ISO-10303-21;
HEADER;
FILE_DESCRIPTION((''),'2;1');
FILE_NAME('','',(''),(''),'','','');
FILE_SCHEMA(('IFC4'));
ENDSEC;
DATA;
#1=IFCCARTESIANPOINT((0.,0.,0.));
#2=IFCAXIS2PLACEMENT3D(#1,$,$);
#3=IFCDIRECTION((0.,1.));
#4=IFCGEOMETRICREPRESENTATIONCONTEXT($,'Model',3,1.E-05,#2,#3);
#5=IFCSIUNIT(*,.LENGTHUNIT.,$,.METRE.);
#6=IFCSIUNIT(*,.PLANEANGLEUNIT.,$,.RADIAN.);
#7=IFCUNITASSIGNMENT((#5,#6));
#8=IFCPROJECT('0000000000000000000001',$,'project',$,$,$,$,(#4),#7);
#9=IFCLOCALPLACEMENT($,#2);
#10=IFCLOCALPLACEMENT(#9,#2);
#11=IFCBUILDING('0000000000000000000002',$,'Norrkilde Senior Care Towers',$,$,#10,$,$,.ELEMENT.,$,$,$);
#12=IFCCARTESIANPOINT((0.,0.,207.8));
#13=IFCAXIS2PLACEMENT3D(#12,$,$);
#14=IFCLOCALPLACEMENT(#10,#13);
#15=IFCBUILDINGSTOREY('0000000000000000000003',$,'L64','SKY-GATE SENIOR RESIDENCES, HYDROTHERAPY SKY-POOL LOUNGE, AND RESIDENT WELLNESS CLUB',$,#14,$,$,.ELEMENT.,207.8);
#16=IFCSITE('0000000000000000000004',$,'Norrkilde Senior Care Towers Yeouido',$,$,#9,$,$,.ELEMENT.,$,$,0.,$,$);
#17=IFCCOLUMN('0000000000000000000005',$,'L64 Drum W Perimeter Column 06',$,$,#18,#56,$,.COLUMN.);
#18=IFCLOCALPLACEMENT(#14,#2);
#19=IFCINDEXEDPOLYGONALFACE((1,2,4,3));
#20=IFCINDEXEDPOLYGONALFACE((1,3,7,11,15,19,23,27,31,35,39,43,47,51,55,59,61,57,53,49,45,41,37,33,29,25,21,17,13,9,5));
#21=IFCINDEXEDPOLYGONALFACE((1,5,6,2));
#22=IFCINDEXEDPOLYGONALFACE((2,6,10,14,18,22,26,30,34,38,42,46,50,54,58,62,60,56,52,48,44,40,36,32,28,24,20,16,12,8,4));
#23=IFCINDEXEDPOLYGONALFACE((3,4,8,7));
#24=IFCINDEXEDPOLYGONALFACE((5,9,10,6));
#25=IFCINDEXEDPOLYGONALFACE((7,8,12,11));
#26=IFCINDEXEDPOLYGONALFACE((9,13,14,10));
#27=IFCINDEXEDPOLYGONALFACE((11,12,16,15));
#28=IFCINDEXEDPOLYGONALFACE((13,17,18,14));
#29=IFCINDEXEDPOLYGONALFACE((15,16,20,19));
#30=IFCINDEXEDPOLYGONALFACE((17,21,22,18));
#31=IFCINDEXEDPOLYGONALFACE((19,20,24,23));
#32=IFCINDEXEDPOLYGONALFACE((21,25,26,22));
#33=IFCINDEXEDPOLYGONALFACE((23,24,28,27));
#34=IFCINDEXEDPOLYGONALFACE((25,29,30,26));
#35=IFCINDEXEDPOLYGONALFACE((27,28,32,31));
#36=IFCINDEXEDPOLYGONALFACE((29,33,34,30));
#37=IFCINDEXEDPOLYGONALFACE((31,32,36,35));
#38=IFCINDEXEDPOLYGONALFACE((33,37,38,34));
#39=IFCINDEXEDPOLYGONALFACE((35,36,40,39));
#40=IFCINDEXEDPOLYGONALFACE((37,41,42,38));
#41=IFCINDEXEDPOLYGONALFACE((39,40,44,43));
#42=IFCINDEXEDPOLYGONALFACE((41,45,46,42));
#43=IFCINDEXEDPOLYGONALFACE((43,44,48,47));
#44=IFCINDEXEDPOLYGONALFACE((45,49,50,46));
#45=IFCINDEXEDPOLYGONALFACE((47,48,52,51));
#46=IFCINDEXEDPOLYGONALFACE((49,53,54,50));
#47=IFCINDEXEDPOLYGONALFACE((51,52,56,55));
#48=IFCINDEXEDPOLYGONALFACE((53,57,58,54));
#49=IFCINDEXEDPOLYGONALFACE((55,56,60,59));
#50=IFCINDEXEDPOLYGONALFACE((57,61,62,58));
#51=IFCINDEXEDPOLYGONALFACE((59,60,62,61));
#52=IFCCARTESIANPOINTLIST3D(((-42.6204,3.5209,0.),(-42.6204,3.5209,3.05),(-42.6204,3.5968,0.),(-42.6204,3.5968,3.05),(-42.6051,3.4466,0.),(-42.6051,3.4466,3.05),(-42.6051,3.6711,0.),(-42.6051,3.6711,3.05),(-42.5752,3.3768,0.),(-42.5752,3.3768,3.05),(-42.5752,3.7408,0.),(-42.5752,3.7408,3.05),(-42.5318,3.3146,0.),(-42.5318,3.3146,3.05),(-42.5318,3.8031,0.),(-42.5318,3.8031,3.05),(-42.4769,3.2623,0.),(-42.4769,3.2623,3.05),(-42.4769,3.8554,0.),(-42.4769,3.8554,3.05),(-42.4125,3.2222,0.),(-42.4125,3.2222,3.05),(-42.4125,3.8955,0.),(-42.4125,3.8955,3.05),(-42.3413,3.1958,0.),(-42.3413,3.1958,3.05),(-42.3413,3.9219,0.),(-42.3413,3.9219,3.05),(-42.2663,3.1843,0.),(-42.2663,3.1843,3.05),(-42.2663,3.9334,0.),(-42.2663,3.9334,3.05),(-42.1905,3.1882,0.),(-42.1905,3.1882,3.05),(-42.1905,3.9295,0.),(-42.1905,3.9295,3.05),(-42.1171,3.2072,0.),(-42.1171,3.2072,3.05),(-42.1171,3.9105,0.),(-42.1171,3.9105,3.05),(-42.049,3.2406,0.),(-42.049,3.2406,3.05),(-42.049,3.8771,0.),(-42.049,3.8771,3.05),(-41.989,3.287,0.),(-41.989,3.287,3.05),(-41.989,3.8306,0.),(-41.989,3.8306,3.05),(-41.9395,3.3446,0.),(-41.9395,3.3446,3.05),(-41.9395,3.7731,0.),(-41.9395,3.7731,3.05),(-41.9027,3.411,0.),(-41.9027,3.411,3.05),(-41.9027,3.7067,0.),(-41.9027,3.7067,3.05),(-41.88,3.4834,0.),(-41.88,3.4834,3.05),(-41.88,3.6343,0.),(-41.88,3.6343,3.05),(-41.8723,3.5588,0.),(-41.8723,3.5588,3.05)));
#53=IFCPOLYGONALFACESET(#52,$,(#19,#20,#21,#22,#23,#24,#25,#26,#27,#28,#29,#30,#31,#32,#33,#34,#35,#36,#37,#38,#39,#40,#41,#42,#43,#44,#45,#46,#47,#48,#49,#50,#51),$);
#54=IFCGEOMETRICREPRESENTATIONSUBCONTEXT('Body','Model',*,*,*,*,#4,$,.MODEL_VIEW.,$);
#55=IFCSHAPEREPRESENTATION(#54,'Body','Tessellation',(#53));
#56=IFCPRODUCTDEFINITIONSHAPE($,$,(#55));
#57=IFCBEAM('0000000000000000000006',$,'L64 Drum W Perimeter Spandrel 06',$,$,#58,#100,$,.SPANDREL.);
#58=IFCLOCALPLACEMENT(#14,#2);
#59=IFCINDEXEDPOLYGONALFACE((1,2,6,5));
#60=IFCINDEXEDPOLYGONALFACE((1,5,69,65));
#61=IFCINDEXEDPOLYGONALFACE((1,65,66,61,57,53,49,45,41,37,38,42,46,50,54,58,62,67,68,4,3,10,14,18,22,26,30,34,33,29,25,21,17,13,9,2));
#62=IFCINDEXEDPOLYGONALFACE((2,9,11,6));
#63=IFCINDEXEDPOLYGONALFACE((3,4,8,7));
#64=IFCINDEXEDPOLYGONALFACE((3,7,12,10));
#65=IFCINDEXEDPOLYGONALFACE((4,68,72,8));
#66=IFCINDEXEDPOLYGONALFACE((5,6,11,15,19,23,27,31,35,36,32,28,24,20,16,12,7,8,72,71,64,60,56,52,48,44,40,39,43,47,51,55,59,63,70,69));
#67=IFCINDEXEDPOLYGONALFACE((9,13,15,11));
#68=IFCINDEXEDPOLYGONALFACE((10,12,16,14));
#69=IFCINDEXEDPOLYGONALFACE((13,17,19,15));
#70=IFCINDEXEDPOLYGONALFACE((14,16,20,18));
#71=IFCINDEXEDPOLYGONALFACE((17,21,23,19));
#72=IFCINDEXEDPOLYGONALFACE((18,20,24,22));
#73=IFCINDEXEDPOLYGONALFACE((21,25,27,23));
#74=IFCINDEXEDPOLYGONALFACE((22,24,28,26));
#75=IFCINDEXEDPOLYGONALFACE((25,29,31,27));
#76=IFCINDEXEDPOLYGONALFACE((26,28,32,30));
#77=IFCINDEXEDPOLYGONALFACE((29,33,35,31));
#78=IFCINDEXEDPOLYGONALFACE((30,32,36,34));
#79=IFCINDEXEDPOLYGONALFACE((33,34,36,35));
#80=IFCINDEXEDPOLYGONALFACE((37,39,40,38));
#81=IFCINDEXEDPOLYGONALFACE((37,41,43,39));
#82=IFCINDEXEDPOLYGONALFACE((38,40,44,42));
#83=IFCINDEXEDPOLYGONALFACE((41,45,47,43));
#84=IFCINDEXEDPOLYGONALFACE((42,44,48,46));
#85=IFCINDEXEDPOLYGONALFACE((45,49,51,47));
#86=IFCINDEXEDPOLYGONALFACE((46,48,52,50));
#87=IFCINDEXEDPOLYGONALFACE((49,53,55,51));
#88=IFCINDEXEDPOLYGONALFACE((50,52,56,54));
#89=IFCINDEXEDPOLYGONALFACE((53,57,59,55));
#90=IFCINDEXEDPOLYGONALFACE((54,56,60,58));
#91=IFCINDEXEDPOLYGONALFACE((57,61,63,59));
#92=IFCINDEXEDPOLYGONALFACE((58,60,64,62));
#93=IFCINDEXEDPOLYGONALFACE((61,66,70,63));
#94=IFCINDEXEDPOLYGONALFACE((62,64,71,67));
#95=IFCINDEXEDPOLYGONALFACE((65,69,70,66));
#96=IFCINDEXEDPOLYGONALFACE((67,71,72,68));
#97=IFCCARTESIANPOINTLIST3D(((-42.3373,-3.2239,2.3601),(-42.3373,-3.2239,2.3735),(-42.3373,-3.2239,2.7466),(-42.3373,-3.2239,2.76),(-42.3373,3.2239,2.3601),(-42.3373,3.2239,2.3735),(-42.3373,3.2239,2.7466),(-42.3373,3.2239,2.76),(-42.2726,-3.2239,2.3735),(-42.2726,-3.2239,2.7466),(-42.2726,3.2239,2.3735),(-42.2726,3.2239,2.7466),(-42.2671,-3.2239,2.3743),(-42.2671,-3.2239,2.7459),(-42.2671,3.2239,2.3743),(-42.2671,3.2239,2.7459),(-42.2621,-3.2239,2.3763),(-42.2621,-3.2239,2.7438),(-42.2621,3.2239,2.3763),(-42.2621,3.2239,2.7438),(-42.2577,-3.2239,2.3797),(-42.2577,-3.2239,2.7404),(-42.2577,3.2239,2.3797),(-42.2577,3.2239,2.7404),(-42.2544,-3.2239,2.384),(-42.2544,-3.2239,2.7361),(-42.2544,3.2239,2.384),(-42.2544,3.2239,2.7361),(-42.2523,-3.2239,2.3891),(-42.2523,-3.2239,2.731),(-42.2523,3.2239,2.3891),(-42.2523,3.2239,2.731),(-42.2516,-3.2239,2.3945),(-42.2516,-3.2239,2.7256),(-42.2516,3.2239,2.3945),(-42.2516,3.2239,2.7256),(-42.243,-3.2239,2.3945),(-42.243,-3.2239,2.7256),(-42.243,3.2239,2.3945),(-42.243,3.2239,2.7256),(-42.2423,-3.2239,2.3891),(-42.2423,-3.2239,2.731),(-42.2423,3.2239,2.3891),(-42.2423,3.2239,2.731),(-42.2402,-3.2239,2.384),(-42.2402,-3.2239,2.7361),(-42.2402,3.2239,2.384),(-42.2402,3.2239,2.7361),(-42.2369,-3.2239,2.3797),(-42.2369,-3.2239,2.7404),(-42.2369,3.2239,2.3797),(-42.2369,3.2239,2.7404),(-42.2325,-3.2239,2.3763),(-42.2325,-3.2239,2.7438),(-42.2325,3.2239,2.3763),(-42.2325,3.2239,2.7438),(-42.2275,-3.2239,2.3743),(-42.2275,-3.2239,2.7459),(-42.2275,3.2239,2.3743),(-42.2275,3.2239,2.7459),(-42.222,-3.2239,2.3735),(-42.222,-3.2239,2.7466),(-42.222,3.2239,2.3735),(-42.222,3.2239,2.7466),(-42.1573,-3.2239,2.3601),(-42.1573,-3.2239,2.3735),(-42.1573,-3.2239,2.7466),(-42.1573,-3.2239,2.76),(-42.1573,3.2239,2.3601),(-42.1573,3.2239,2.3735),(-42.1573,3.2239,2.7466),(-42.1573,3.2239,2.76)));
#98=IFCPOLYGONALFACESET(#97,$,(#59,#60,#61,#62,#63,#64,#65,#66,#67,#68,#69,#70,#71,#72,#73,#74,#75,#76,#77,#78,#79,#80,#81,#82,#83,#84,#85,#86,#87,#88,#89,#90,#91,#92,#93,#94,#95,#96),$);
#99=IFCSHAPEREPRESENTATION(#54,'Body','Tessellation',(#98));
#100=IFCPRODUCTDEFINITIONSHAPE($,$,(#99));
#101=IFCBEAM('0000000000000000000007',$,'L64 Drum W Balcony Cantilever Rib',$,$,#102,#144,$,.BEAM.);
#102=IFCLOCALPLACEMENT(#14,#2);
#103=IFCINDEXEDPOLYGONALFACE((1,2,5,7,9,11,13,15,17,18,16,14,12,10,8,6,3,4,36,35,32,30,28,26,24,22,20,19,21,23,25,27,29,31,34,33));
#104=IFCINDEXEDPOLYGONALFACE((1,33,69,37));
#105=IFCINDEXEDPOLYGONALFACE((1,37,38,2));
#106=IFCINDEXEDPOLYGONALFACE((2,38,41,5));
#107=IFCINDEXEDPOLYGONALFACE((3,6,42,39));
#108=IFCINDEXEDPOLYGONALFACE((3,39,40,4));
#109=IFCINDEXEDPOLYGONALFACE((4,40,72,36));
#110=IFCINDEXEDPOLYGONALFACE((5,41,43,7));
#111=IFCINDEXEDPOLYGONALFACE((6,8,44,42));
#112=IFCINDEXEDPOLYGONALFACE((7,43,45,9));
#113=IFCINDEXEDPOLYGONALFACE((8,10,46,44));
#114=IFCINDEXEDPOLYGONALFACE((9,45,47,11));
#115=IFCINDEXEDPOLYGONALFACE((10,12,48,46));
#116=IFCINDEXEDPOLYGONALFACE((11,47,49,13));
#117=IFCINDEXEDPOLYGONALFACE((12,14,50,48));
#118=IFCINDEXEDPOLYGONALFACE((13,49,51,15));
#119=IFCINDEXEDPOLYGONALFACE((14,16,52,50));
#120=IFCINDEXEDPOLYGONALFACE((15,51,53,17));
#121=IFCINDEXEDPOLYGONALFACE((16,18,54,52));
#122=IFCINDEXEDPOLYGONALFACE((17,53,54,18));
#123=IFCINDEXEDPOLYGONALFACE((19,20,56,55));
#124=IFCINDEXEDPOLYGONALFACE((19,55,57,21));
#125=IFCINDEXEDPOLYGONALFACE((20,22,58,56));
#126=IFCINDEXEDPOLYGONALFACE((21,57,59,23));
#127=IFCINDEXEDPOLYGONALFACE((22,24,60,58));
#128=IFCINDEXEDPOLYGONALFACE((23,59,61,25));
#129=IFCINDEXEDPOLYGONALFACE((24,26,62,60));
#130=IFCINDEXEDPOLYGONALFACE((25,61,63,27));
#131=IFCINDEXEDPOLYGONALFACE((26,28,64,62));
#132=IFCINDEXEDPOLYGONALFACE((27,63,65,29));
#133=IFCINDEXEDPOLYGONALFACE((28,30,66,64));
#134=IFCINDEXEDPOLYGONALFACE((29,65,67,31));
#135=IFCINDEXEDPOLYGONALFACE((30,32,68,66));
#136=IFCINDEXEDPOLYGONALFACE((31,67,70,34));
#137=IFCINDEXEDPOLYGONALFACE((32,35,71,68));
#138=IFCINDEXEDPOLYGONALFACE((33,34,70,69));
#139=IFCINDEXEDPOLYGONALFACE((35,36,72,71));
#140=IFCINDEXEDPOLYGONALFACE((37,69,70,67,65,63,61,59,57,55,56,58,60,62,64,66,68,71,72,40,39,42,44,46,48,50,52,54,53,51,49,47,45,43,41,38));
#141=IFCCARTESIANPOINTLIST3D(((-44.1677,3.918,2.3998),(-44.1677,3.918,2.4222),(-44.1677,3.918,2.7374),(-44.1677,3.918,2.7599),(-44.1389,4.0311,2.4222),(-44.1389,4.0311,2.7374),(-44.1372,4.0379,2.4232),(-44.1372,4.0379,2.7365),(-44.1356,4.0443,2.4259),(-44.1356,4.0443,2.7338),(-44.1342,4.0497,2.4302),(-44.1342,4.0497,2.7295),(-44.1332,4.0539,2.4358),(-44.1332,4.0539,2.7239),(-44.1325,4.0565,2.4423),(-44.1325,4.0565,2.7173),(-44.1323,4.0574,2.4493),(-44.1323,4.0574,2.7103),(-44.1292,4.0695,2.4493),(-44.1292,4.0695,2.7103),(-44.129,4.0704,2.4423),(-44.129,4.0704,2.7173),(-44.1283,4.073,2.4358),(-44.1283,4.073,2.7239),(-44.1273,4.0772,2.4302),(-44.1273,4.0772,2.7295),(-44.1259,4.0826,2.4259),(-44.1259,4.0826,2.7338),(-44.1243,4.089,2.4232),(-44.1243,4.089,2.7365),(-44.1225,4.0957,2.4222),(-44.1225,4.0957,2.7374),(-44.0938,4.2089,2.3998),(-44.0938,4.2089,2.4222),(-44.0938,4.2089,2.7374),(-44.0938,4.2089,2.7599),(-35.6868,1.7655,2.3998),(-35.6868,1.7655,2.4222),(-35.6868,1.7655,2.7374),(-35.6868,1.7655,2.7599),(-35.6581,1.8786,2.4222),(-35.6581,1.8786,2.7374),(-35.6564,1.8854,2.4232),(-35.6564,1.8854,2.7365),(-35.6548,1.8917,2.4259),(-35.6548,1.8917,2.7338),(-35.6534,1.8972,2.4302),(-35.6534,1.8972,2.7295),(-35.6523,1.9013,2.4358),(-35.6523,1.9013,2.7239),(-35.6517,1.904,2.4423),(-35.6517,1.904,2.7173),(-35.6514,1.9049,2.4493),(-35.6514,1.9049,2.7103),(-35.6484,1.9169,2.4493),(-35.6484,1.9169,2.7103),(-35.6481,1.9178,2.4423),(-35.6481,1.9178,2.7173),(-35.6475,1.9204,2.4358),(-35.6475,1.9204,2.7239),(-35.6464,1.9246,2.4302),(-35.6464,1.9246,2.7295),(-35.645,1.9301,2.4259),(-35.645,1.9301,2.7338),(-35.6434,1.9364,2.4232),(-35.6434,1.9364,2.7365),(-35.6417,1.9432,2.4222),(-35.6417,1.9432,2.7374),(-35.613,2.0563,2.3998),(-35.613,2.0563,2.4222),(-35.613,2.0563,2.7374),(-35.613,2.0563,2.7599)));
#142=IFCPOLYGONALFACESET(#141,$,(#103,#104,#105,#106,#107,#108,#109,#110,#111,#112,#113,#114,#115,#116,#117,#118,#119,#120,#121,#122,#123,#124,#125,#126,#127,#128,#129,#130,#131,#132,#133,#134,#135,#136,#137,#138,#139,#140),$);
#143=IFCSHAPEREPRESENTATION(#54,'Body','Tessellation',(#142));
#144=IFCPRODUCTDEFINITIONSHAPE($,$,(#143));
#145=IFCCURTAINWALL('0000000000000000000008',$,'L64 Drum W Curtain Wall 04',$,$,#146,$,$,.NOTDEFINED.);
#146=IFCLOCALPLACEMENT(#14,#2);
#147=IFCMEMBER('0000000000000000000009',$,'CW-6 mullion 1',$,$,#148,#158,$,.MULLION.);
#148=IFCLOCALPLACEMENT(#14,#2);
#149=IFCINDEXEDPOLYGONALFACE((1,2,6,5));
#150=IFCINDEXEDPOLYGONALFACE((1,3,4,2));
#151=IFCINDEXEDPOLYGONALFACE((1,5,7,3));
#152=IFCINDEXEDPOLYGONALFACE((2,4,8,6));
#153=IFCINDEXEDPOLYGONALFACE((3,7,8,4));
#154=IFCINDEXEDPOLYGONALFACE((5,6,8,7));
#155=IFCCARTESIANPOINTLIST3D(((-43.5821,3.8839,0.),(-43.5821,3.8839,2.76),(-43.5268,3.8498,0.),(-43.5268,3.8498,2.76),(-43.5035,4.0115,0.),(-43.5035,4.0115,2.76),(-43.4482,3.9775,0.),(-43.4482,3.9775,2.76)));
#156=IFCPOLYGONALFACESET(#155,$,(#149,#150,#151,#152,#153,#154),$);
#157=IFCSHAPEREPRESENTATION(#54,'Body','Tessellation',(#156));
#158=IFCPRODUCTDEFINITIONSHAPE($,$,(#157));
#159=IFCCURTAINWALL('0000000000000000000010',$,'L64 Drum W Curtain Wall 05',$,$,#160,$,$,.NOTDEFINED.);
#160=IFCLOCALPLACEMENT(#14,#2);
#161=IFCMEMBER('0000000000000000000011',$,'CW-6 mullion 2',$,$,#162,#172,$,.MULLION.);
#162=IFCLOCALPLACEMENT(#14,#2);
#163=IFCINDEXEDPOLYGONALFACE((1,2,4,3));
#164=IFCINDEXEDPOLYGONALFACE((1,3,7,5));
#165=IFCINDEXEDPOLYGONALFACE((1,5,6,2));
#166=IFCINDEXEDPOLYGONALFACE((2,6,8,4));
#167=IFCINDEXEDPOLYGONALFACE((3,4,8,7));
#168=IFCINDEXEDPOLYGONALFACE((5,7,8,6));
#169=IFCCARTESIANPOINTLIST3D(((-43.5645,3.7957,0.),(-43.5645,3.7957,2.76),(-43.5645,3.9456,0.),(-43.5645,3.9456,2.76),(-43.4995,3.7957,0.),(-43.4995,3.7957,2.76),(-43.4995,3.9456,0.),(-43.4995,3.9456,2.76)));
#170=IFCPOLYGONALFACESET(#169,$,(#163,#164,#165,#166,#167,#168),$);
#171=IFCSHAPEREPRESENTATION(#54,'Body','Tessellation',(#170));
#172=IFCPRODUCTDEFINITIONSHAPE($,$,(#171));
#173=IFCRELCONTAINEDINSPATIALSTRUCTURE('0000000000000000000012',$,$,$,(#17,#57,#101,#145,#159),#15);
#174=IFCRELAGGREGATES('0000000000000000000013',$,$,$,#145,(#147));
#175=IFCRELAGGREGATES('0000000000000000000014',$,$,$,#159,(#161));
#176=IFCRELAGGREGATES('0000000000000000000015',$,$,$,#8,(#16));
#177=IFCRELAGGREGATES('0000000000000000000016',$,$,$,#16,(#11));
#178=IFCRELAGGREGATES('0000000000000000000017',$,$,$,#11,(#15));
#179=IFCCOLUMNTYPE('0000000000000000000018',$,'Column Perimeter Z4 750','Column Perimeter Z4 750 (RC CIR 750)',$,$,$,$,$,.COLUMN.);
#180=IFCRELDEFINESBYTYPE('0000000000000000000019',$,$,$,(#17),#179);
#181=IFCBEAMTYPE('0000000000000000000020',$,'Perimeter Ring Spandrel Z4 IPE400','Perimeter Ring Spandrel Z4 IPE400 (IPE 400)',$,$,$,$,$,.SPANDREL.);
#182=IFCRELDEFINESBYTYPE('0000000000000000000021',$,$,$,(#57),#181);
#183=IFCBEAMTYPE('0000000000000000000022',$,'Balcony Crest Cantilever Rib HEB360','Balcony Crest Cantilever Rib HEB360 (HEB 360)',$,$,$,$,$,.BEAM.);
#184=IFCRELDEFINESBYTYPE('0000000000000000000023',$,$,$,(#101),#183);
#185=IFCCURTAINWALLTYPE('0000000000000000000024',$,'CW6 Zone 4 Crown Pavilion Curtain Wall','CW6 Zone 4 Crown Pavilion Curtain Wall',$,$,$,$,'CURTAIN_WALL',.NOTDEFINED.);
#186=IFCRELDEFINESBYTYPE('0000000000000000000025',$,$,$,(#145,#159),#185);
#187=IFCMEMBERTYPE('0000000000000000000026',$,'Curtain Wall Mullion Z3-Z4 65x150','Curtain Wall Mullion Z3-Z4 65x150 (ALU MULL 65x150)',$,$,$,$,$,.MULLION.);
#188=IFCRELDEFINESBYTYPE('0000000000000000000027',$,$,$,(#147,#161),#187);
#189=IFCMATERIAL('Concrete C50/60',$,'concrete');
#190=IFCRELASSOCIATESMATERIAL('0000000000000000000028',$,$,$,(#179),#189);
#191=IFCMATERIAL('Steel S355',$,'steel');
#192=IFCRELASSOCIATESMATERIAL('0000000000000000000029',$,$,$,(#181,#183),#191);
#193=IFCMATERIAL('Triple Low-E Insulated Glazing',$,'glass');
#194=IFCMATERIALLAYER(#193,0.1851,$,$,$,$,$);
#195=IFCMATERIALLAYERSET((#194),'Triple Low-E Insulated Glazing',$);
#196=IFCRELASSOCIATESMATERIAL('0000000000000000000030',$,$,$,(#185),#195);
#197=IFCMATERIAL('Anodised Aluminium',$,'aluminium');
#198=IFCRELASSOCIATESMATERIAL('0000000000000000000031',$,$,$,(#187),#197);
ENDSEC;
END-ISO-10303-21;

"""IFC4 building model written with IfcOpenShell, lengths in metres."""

from ifc_helpers import new_model, si_unit, direction, frame, origin, origin_2d, place, context, subcontext, project, spatial, rectangle, circle, i_section, extrude, source, transform, mapped, material, layer, layer_set, material_profile, profile_set, type_object, type_shapes, element, aggregate, save


model = new_model("IFC4")

# Units and contexts
model_context = context("Model", 3, precision=1e-05, world=origin(), true_north=direction((0.0, 1.0)))
body_context = subcontext(model_context, "Body", "Model", "MODEL_VIEW")
ifc_project = project(units=[si_unit("LENGTHUNIT", "METRE"), si_unit("PLANEANGLEUNIT", "RADIAN")], contexts=[model_context])

# Site, building, storey
site_placement = place(None, origin())
site = spatial("IfcSite", under=ifc_project, at=site_placement, Name="Norrkilde Senior Care Towers Yeouido", CompositionType="ELEMENT", RefElevation=0.0)
building_placement = place(site_placement, origin())
building = spatial("IfcBuilding", under=site, at=building_placement, Name="Norrkilde Senior Care Towers", CompositionType="ELEMENT")
storey_placement = place(building_placement, frame((0.0, 0.0, 207.8)))
storey = spatial("IfcBuildingStorey", under=building, at=storey_placement, Name="L64", Description="SKY-GATE SENIOR RESIDENCES, HYDROTHERAPY SKY-POOL LOUNGE, AND RESIDENT WELLNESS CLUB", CompositionType="ELEMENT", Elevation=207.8)

# Column
ifc_material_1 = material(Name="Concrete C50/60", Category="concrete")
ifc_material_profile_1 = material_profile(ifc_material_1, circle(Radius=0.375, at=origin_2d()), Name="RC CIR 750")
ifc_profile_set_1 = profile_set([ifc_material_profile_1], Name="Concrete C50/60")
column_type = type_object("IfcColumnType", Name="Column Perimeter Z4 750", Description="Column Perimeter Z4 750 (RC CIR 750)", PredefinedType="COLUMN", material=ifc_profile_set_1)
shared_shape_1 = source(origin(), body_context, "Body", "SweptSolid", [
    extrude(circle(Radius=0.375, at=origin_2d()), origin(), (0.0, 0.0, 1.0), 3.05),
])
type_shapes(column_type, [shared_shape_1])
column_placement = place(storey_placement, frame((-42.2473, 3.5588, 0.0), z_axis=(0.0, 0.0, 1.0), x_axis=(1.0, 0.0, 0.0)))
element("IfcColumn", 1, at=column_placement, inside=storey, type_object=column_type, Name="L64 Drum W Perimeter Column 06", PredefinedType="COLUMN", context=body_context, shape_type="MappedRepresentation", body=[
    mapped(shared_shape_1, transform((0.0, 0.0, 0.0), x_axis=(1.0, 0.0, 0.0), y_axis=(0.0, 1.0, 0.0), z_axis=(0.0, 0.0, 1.0), scale=1.0)),
])

# Beams
ifc_material_2 = material(Name="Steel S355", Category="steel")
ifc_material_profile_2 = material_profile(ifc_material_2, i_section(OverallWidth=0.1799, OverallDepth=0.3999, WebThickness=0.0085, FlangeThickness=0.0134, FilletRadius=0.021, at=origin_2d()), Name="IPE 400")
ifc_profile_set_2 = profile_set([ifc_material_profile_2], Name="Steel S355")
beam_type_1 = type_object("IfcBeamType", Name="Perimeter Ring Spandrel Z4 IPE400", Description="Perimeter Ring Spandrel Z4 IPE400 (IPE 400)", PredefinedType="SPANDREL", material=ifc_profile_set_2)
shared_shape_2 = source(origin(), body_context, "Body", "SweptSolid", [
    extrude(i_section(OverallWidth=0.1799, OverallDepth=0.3999, WebThickness=0.0085, FlangeThickness=0.0134, FilletRadius=0.021, at=origin_2d()), origin(), (0.0, 0.0, 1.0), 6.4478),
])
type_shapes(beam_type_1, [shared_shape_2])
beam_1_placement = place(storey_placement, frame((-42.2473, 3.2239, 2.5601), z_axis=(0.0, -1.0, 0.0), x_axis=(1.0, 0.0, 0.0)))
element("IfcBeam", 2, at=beam_1_placement, inside=storey, type_object=beam_type_1, Name="L64 Drum W Perimeter Spandrel 06", PredefinedType="SPANDREL", context=body_context, shape_type="MappedRepresentation", body=[
    mapped(shared_shape_2, transform((0.0, 0.0, 0.0), x_axis=(1.0, 0.0, 0.0), y_axis=(0.0, 1.0, 0.0), z_axis=(0.0, 0.0, 1.0), scale=1.0)),
])
ifc_material_profile_3 = material_profile(ifc_material_2, i_section(OverallWidth=0.3, OverallDepth=0.3601, WebThickness=0.0125, FlangeThickness=0.0225, FilletRadius=0.0271, at=origin_2d()), Name="HEB 360")
ifc_profile_set_3 = profile_set([ifc_material_profile_3], Name="Steel S355")
beam_type_2 = type_object("IfcBeamType", Name="Balcony Crest Cantilever Rib HEB360", Description="Balcony Crest Cantilever Rib HEB360 (HEB 360)", PredefinedType="BEAM", material=ifc_profile_set_3)
shared_shape_3 = source(origin(), body_context, "Body", "SweptSolid", [
    extrude(i_section(OverallWidth=0.3, OverallDepth=0.3601, WebThickness=0.0125, FlangeThickness=0.0225, FilletRadius=0.0271, at=origin_2d()), origin(), (0.0, 0.0, 1.0), 8.7498),
])
type_shapes(beam_type_2, [shared_shape_3])
beam_2_placement = place(storey_placement, frame((-35.6499, 1.9109, 2.5798), z_axis=(-0.969266, 0.246014, 0.0), x_axis=(-0.246014, -0.969266, 0.0)))
element("IfcBeam", 3, at=beam_2_placement, inside=storey, type_object=beam_type_2, Name="L64 Drum W Balcony Cantilever Rib", PredefinedType="BEAM", context=body_context, shape_type="MappedRepresentation", body=[
    mapped(shared_shape_3, transform((0.0, 0.0, 0.0), x_axis=(1.0, 0.0, 0.0), y_axis=(0.0, 1.0, 0.0), z_axis=(0.0, 0.0, 1.0), scale=1.0)),
])

# Curtain wall, member
ifc_material_3 = material(Name="Triple Low-E Insulated Glazing", Category="glass")
ifc_layer_1 = layer(ifc_material_3, 0.1851)
ifc_layer_set_1 = layer_set([ifc_layer_1], Name="Triple Low-E Insulated Glazing")
curtain_wall_type = type_object("IfcCurtainWallType", Name="CW6 Zone 4 Crown Pavilion Curtain Wall", Description="CW6 Zone 4 Crown Pavilion Curtain Wall", ElementType="CURTAIN_WALL", PredefinedType="NOTDEFINED", material=ifc_layer_set_1)
curtain_wall_1_placement = place(storey_placement, origin())
curtain_wall_1 = element("IfcCurtainWall", 4, at=curtain_wall_1_placement, inside=storey, type_object=curtain_wall_type, Name="L64 Drum W Curtain Wall 04", PredefinedType="NOTDEFINED")
ifc_material_4 = material(Name="Anodised Aluminium", Category="aluminium")
ifc_material_profile_4 = material_profile(ifc_material_4, rectangle(XDim=0.0649, YDim=0.1499, at=origin_2d()), Name="ALU MULL 65x150")
ifc_profile_set_4 = profile_set([ifc_material_profile_4], Name="Anodised Aluminium")
member_type = type_object("IfcMemberType", Name="Curtain Wall Mullion Z3-Z4 65x150", Description="Curtain Wall Mullion Z3-Z4 65x150 (ALU MULL 65x150)", PredefinedType="MULLION", material=ifc_profile_set_4)
shared_shape_4 = source(origin(), body_context, "Body", "SweptSolid", [
    extrude(rectangle(XDim=0.0649, YDim=0.1499, at=origin_2d()), origin(), (0.0, 0.0, 1.0), 2.76),
])
type_shapes(member_type, [shared_shape_4])
member_1_placement = place(storey_placement, frame((-43.5151, 3.9307, 0.0), z_axis=(0.0, 0.0, 1.0), x_axis=(-0.851563, 0.524253, 0.0)))
member_1 = element("IfcMember", 5, at=member_1_placement, type_object=member_type, Name="CW-6 mullion 1", PredefinedType="MULLION", context=body_context, shape_type="MappedRepresentation", body=[
    mapped(shared_shape_4, transform((0.0, 0.0, 0.0), x_axis=(1.0, 0.0, 0.0), y_axis=(0.0, 1.0, 0.0), z_axis=(0.0, 0.0, 1.0), scale=1.0)),
])
aggregate(curtain_wall_1, [member_1])

# Curtain wall, member
curtain_wall_2_placement = place(storey_placement, origin())
curtain_wall_2 = element("IfcCurtainWall", 6, at=curtain_wall_2_placement, inside=storey, type_object=curtain_wall_type, Name="L64 Drum W Curtain Wall 05", PredefinedType="NOTDEFINED")
member_2_placement = place(storey_placement, frame((-43.532, 3.8706, 0.0), z_axis=(0.0, 0.0, 1.0), x_axis=(-1.0, 0.0, 0.0)))
member_2 = element("IfcMember", 7, at=member_2_placement, type_object=member_type, Name="CW-6 mullion 2", PredefinedType="MULLION", context=body_context, shape_type="MappedRepresentation", body=[
    mapped(shared_shape_4, transform((0.0, 0.0, 0.0), x_axis=(1.0, 0.0, 0.0), y_axis=(0.0, 1.0, 0.0), z_axis=(0.0, 0.0, 1.0), scale=1.0)),
])
aggregate(curtain_wall_2, [member_2])

save(model, "model.ifc")
